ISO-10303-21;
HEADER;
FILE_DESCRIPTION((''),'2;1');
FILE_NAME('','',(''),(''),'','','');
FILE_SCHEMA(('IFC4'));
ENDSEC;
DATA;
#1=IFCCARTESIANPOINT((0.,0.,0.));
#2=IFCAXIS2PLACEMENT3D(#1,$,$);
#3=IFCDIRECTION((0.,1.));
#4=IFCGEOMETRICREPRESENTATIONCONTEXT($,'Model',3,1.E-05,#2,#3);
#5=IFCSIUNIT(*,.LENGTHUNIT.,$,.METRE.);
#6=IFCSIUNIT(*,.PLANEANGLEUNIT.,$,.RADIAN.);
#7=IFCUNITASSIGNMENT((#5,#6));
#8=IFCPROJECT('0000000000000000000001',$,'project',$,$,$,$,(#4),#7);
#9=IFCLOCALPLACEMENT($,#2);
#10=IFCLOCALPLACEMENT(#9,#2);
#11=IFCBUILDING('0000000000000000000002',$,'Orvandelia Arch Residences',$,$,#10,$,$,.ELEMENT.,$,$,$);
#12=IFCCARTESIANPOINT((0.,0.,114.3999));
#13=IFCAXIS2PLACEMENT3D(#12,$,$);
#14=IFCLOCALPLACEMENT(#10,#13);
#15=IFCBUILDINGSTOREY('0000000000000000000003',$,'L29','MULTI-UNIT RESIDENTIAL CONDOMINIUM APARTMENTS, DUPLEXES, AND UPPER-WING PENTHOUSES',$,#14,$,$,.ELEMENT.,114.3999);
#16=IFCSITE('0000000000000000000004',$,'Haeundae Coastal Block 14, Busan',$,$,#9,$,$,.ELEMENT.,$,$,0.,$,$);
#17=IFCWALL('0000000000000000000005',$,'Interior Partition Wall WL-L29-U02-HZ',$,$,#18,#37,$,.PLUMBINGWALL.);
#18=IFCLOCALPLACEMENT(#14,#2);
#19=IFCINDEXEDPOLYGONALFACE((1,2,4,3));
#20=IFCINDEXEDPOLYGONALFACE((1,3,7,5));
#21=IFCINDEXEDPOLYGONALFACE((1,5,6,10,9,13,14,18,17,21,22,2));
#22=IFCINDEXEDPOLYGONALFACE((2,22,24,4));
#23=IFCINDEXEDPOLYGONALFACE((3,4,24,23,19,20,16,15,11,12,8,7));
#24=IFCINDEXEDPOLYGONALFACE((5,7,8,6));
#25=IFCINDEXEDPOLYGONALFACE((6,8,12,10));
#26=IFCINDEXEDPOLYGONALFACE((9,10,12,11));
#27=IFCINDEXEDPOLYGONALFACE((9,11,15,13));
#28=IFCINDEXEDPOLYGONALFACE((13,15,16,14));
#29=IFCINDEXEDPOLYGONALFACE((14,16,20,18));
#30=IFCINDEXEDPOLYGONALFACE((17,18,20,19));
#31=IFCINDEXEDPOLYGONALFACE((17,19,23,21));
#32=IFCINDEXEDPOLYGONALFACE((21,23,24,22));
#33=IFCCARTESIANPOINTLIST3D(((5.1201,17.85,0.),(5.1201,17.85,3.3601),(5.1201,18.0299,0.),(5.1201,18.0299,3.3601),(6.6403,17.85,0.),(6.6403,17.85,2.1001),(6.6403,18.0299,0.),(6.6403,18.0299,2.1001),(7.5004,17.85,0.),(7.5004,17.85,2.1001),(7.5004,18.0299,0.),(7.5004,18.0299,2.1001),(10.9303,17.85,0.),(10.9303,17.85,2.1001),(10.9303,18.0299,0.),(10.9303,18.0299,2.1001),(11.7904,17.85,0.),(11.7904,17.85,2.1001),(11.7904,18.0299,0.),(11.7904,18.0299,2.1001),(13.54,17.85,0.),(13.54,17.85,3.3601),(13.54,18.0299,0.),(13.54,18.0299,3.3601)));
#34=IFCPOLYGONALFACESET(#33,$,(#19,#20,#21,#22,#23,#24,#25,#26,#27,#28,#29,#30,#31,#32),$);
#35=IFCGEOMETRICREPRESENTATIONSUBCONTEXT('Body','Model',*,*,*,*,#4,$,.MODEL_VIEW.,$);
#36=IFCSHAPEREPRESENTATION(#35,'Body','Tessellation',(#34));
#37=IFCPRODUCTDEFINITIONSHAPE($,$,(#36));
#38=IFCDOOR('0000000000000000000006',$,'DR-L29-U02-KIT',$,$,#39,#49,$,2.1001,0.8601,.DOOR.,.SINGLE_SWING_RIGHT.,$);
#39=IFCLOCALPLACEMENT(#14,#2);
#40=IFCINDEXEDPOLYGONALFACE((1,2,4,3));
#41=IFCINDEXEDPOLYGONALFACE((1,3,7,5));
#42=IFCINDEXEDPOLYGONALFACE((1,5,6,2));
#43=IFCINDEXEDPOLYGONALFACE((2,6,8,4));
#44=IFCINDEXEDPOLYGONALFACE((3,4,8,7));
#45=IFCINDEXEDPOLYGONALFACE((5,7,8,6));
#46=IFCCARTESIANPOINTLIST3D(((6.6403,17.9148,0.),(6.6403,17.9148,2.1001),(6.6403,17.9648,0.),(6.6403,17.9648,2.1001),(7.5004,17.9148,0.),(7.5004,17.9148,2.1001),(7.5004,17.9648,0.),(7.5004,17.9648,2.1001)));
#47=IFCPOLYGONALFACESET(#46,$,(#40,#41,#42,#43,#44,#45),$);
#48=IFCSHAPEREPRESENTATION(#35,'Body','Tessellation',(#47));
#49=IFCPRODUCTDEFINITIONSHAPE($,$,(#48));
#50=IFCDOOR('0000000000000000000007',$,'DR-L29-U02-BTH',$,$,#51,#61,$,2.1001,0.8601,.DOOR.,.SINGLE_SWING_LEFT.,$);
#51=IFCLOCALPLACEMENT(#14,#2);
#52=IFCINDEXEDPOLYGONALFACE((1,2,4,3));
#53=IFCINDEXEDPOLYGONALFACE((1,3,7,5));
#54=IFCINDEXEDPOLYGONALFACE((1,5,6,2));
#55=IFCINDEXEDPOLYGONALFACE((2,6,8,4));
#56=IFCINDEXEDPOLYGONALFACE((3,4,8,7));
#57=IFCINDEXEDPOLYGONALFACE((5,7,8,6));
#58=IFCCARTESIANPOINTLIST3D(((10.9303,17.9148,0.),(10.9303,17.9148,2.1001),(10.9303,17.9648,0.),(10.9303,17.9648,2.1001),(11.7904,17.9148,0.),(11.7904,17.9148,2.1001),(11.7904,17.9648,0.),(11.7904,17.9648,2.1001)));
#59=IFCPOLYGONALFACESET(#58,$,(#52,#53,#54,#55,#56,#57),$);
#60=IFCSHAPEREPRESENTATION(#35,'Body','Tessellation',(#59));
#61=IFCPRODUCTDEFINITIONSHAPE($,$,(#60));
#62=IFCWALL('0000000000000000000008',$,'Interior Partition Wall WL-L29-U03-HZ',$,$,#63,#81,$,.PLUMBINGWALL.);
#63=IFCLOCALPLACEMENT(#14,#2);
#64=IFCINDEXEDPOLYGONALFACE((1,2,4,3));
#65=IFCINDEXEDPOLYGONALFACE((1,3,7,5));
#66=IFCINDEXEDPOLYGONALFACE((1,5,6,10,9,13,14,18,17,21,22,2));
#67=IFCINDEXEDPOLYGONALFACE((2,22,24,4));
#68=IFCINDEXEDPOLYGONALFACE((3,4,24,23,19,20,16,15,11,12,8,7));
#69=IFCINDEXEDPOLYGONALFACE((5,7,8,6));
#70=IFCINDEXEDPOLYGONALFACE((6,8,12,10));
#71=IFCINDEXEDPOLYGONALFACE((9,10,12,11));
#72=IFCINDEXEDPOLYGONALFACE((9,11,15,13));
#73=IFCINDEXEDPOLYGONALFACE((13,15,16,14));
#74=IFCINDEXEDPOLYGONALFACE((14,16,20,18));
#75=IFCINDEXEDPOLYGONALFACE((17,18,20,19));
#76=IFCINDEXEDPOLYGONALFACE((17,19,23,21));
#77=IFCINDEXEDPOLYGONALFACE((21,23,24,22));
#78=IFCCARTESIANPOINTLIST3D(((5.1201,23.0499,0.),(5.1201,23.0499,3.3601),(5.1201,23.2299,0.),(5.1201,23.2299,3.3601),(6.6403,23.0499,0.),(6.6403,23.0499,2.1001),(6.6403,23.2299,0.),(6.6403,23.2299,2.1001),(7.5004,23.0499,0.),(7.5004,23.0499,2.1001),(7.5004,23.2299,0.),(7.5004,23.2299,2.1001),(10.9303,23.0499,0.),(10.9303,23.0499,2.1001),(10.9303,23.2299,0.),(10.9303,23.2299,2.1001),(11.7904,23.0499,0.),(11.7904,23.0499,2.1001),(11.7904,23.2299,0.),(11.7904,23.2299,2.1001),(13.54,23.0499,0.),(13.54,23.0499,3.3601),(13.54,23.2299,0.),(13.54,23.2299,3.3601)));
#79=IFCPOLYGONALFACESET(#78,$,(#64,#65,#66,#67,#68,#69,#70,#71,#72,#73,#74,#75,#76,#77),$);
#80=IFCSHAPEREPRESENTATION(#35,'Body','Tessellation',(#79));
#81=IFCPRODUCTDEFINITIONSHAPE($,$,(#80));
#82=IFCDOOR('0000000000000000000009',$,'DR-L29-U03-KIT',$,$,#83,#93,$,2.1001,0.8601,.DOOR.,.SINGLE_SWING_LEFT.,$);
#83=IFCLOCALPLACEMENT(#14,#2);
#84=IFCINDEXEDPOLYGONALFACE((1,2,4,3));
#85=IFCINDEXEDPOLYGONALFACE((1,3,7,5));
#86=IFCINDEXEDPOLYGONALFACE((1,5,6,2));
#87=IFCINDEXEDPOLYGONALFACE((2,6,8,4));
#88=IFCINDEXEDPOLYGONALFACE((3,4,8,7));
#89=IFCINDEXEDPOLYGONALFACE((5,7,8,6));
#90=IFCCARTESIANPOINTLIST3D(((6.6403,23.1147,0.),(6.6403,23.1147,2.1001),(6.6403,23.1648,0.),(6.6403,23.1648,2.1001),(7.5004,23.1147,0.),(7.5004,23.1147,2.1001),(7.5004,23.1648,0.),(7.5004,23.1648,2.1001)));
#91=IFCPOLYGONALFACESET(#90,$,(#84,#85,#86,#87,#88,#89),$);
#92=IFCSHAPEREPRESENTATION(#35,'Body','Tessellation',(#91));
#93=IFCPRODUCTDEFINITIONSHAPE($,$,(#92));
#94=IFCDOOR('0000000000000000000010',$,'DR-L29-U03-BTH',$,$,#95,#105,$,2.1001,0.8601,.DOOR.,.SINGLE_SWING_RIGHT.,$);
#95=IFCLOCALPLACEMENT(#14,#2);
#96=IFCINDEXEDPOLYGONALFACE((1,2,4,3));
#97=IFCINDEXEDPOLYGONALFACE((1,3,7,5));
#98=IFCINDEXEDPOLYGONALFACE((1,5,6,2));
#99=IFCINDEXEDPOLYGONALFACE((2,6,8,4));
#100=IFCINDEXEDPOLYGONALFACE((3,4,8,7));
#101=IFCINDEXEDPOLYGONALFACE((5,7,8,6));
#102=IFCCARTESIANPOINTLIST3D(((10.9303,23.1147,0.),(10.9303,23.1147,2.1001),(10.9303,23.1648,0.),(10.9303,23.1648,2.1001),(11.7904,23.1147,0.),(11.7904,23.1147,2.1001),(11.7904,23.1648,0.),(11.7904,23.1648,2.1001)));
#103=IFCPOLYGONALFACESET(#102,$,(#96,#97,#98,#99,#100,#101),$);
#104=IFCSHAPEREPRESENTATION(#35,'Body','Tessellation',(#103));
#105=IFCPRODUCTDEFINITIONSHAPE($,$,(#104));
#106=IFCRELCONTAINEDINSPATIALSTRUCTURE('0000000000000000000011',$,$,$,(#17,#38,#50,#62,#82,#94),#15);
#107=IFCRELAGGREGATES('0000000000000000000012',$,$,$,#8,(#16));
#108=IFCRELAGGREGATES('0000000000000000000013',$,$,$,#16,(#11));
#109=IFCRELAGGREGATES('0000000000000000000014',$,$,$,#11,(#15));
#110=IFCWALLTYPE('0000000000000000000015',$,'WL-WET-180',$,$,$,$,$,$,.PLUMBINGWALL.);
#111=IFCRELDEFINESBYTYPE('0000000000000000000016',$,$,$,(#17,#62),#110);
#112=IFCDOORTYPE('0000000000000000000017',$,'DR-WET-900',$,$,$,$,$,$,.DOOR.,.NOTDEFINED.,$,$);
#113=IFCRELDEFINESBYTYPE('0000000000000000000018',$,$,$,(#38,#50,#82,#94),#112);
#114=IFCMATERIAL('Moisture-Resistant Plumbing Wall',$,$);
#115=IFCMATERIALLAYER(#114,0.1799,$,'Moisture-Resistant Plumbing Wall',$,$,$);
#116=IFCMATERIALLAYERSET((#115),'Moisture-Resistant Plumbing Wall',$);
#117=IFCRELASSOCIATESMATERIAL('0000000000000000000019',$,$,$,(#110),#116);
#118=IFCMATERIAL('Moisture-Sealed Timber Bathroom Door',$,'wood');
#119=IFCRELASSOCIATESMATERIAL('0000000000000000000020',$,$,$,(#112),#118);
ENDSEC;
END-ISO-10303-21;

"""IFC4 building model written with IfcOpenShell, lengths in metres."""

from ifc_helpers import new_model, si_unit, direction, frame, frame_2d, origin, place, context, subcontext, project, spatial, rectangle, extrude, material, layer, layer_set, type_object, element, fill, save


model = new_model("IFC4")

# Units and contexts
model_context = context("Model", 3, precision=1e-05, world=origin(), true_north=direction((0.0, 1.0)))
body_context = subcontext(model_context, "Body", "Model", "MODEL_VIEW")
ifc_project = project(units=[si_unit("LENGTHUNIT", "METRE"), si_unit("PLANEANGLEUNIT", "RADIAN")], contexts=[model_context])

# Site, building, storey
site_placement = place(None, origin())
site = spatial("IfcSite", under=ifc_project, at=site_placement, Name="Haeundae Coastal Block 14, Busan", CompositionType="ELEMENT", RefElevation=0.0)
building_placement = place(site_placement, origin())
building = spatial("IfcBuilding", under=site, at=building_placement, Name="Orvandelia Arch Residences", CompositionType="ELEMENT")
storey_placement = place(building_placement, frame((0.0, 0.0, 114.3999)))
storey = spatial("IfcBuildingStorey", under=building, at=storey_placement, Name="L29", Description="MULTI-UNIT RESIDENTIAL CONDOMINIUM APARTMENTS, DUPLEXES, AND UPPER-WING PENTHOUSES", CompositionType="ELEMENT", Elevation=114.3999)

# Walls, openings, doors
ifc_material_1 = material(Name="Moisture-Resistant Plumbing Wall")
ifc_layer_1 = layer(ifc_material_1, 0.1799, Name="Moisture-Resistant Plumbing Wall")
ifc_layer_set_1 = layer_set([ifc_layer_1], Name="Moisture-Resistant Plumbing Wall")
wall_type_1 = type_object("IfcWallType", Name="WL-WET-180", PredefinedType="PLUMBINGWALL", material=ifc_layer_set_1)
wall_1_placement = place(storey_placement, frame((5.1201, 17.9399, 0.0), z_axis=(0.0, 0.0, 1.0), x_axis=(1.0, 0.0, 0.0)))
wall_1 = element("IfcWall", 1, at=wall_1_placement, inside=storey, type_object=wall_type_1, Name="Interior Partition Wall WL-L29-U02-HZ", PredefinedType="PLUMBINGWALL", context=body_context, shape_type="SweptSolid", body=[
    extrude(rectangle(XDim=8.4199, YDim=0.1799, at=frame_2d((4.21, 0.0))), origin(), (0.0, 0.0, 1.0), 3.3601),
])
opening_1_placement = place(wall_1_placement, frame((1.52, 0.0, 0.0)))
opening_1 = element("IfcOpeningElement", 2, at=opening_1_placement, cuts=wall_1, PredefinedType="OPENING", context=body_context, shape_type="SweptSolid", body=[
    extrude(rectangle(XDim=0.8601, YDim=2.1001, at=frame_2d((0.4302, 1.05))), frame((0.0, 0.1001, 0.0), z_axis=(0.0, -1.0, 0.0), x_axis=(1.0, 0.0, 0.0)), (0.0, 0.0, 1.0), 0.2),
])
opening_2_placement = place(wall_1_placement, frame((5.8101, 0.0, 0.0)))
opening_2 = element("IfcOpeningElement", 3, at=opening_2_placement, cuts=wall_1, PredefinedType="OPENING", context=body_context, shape_type="SweptSolid", body=[
    extrude(rectangle(XDim=0.8601, YDim=2.1001, at=frame_2d((0.4302, 1.05))), frame((0.0, 0.1001, 0.0), z_axis=(0.0, -1.0, 0.0), x_axis=(1.0, 0.0, 0.0)), (0.0, 0.0, 1.0), 0.2),
])
ifc_material_2 = material(Name="Moisture-Sealed Timber Bathroom Door", Category="wood")
door_type = type_object("IfcDoorType", Name="DR-WET-900", OperationType="NOTDEFINED", PredefinedType="DOOR", material=ifc_material_2)
door_1_placement = place(opening_1_placement, origin())
door_1 = element("IfcDoor", 4, at=door_1_placement, inside=storey, type_object=door_type, Name="DR-L29-U02-KIT", OperationType="SINGLE_SWING_RIGHT", OverallHeight=2.1001, OverallWidth=0.8601, PredefinedType="DOOR", context=body_context, shape_type="SweptSolid", body=[
    extrude(rectangle(XDim=0.8601, YDim=2.1001, at=frame_2d((0.4302, 1.05))), frame((0.0, 0.0249, 0.0), z_axis=(0.0, -1.0, 0.0), x_axis=(1.0, 0.0, 0.0)), (0.0, 0.0, 1.0), 0.05),
])
fill(opening_1, door_1)
door_2_placement = place(opening_2_placement, origin())
door_2 = element("IfcDoor", 5, at=door_2_placement, inside=storey, type_object=door_type, Name="DR-L29-U02-BTH", OperationType="SINGLE_SWING_LEFT", OverallHeight=2.1001, OverallWidth=0.8601, PredefinedType="DOOR", context=body_context, shape_type="SweptSolid", body=[
    extrude(rectangle(XDim=0.8601, YDim=2.1001, at=frame_2d((0.4302, 1.05))), frame((0.0, 0.0249, 0.0), z_axis=(0.0, -1.0, 0.0), x_axis=(1.0, 0.0, 0.0)), (0.0, 0.0, 1.0), 0.05),
])
fill(opening_2, door_2)
wall_2_placement = place(storey_placement, frame((5.1201, 23.1399, 0.0), z_axis=(0.0, 0.0, 1.0), x_axis=(1.0, 0.0, 0.0)))
wall_2 = element("IfcWall", 6, at=wall_2_placement, inside=storey, type_object=wall_type_1, Name="Interior Partition Wall WL-L29-U03-HZ", PredefinedType="PLUMBINGWALL", context=body_context, shape_type="SweptSolid", body=[
    extrude(rectangle(XDim=8.4199, YDim=0.1799, at=frame_2d((4.21, 0.0))), origin(), (0.0, 0.0, 1.0), 3.3601),
])
opening_3_placement = place(wall_2_placement, frame((1.52, 0.0, 0.0)))
opening_3 = element("IfcOpeningElement", 7, at=opening_3_placement, cuts=wall_2, PredefinedType="OPENING", context=body_context, shape_type="SweptSolid", body=[
    extrude(rectangle(XDim=0.8601, YDim=2.1001, at=frame_2d((0.4302, 1.05))), frame((0.0, 0.1001, 0.0), z_axis=(0.0, -1.0, 0.0), x_axis=(1.0, 0.0, 0.0)), (0.0, 0.0, 1.0), 0.2),
])
opening_4_placement = place(wall_2_placement, frame((5.8101, 0.0, 0.0)))
opening_4 = element("IfcOpeningElement", 8, at=opening_4_placement, cuts=wall_2, PredefinedType="OPENING", context=body_context, shape_type="SweptSolid", body=[
    extrude(rectangle(XDim=0.8601, YDim=2.1001, at=frame_2d((0.4302, 1.05))), frame((0.0, 0.1001, 0.0), z_axis=(0.0, -1.0, 0.0), x_axis=(1.0, 0.0, 0.0)), (0.0, 0.0, 1.0), 0.2),
])
door_3_placement = place(opening_3_placement, origin())
door_3 = element("IfcDoor", 9, at=door_3_placement, inside=storey, type_object=door_type, Name="DR-L29-U03-KIT", OperationType="SINGLE_SWING_LEFT", OverallHeight=2.1001, OverallWidth=0.8601, PredefinedType="DOOR", context=body_context, shape_type="SweptSolid", body=[
    extrude(rectangle(XDim=0.8601, YDim=2.1001, at=frame_2d((0.4302, 1.05))), frame((0.0, 0.0249, 0.0), z_axis=(0.0, -1.0, 0.0), x_axis=(1.0, 0.0, 0.0)), (0.0, 0.0, 1.0), 0.05),
])
fill(opening_3, door_3)
door_4_placement = place(opening_4_placement, origin())
door_4 = element("IfcDoor", 10, at=door_4_placement, inside=storey, type_object=door_type, Name="DR-L29-U03-BTH", OperationType="SINGLE_SWING_RIGHT", OverallHeight=2.1001, OverallWidth=0.8601, PredefinedType="DOOR", context=body_context, shape_type="SweptSolid", body=[
    extrude(rectangle(XDim=0.8601, YDim=2.1001, at=frame_2d((0.4302, 1.05))), frame((0.0, 0.0249, 0.0), z_axis=(0.0, -1.0, 0.0), x_axis=(1.0, 0.0, 0.0)), (0.0, 0.0, 1.0), 0.05),
])
fill(opening_4, door_4)

save(model, "model.ifc")
